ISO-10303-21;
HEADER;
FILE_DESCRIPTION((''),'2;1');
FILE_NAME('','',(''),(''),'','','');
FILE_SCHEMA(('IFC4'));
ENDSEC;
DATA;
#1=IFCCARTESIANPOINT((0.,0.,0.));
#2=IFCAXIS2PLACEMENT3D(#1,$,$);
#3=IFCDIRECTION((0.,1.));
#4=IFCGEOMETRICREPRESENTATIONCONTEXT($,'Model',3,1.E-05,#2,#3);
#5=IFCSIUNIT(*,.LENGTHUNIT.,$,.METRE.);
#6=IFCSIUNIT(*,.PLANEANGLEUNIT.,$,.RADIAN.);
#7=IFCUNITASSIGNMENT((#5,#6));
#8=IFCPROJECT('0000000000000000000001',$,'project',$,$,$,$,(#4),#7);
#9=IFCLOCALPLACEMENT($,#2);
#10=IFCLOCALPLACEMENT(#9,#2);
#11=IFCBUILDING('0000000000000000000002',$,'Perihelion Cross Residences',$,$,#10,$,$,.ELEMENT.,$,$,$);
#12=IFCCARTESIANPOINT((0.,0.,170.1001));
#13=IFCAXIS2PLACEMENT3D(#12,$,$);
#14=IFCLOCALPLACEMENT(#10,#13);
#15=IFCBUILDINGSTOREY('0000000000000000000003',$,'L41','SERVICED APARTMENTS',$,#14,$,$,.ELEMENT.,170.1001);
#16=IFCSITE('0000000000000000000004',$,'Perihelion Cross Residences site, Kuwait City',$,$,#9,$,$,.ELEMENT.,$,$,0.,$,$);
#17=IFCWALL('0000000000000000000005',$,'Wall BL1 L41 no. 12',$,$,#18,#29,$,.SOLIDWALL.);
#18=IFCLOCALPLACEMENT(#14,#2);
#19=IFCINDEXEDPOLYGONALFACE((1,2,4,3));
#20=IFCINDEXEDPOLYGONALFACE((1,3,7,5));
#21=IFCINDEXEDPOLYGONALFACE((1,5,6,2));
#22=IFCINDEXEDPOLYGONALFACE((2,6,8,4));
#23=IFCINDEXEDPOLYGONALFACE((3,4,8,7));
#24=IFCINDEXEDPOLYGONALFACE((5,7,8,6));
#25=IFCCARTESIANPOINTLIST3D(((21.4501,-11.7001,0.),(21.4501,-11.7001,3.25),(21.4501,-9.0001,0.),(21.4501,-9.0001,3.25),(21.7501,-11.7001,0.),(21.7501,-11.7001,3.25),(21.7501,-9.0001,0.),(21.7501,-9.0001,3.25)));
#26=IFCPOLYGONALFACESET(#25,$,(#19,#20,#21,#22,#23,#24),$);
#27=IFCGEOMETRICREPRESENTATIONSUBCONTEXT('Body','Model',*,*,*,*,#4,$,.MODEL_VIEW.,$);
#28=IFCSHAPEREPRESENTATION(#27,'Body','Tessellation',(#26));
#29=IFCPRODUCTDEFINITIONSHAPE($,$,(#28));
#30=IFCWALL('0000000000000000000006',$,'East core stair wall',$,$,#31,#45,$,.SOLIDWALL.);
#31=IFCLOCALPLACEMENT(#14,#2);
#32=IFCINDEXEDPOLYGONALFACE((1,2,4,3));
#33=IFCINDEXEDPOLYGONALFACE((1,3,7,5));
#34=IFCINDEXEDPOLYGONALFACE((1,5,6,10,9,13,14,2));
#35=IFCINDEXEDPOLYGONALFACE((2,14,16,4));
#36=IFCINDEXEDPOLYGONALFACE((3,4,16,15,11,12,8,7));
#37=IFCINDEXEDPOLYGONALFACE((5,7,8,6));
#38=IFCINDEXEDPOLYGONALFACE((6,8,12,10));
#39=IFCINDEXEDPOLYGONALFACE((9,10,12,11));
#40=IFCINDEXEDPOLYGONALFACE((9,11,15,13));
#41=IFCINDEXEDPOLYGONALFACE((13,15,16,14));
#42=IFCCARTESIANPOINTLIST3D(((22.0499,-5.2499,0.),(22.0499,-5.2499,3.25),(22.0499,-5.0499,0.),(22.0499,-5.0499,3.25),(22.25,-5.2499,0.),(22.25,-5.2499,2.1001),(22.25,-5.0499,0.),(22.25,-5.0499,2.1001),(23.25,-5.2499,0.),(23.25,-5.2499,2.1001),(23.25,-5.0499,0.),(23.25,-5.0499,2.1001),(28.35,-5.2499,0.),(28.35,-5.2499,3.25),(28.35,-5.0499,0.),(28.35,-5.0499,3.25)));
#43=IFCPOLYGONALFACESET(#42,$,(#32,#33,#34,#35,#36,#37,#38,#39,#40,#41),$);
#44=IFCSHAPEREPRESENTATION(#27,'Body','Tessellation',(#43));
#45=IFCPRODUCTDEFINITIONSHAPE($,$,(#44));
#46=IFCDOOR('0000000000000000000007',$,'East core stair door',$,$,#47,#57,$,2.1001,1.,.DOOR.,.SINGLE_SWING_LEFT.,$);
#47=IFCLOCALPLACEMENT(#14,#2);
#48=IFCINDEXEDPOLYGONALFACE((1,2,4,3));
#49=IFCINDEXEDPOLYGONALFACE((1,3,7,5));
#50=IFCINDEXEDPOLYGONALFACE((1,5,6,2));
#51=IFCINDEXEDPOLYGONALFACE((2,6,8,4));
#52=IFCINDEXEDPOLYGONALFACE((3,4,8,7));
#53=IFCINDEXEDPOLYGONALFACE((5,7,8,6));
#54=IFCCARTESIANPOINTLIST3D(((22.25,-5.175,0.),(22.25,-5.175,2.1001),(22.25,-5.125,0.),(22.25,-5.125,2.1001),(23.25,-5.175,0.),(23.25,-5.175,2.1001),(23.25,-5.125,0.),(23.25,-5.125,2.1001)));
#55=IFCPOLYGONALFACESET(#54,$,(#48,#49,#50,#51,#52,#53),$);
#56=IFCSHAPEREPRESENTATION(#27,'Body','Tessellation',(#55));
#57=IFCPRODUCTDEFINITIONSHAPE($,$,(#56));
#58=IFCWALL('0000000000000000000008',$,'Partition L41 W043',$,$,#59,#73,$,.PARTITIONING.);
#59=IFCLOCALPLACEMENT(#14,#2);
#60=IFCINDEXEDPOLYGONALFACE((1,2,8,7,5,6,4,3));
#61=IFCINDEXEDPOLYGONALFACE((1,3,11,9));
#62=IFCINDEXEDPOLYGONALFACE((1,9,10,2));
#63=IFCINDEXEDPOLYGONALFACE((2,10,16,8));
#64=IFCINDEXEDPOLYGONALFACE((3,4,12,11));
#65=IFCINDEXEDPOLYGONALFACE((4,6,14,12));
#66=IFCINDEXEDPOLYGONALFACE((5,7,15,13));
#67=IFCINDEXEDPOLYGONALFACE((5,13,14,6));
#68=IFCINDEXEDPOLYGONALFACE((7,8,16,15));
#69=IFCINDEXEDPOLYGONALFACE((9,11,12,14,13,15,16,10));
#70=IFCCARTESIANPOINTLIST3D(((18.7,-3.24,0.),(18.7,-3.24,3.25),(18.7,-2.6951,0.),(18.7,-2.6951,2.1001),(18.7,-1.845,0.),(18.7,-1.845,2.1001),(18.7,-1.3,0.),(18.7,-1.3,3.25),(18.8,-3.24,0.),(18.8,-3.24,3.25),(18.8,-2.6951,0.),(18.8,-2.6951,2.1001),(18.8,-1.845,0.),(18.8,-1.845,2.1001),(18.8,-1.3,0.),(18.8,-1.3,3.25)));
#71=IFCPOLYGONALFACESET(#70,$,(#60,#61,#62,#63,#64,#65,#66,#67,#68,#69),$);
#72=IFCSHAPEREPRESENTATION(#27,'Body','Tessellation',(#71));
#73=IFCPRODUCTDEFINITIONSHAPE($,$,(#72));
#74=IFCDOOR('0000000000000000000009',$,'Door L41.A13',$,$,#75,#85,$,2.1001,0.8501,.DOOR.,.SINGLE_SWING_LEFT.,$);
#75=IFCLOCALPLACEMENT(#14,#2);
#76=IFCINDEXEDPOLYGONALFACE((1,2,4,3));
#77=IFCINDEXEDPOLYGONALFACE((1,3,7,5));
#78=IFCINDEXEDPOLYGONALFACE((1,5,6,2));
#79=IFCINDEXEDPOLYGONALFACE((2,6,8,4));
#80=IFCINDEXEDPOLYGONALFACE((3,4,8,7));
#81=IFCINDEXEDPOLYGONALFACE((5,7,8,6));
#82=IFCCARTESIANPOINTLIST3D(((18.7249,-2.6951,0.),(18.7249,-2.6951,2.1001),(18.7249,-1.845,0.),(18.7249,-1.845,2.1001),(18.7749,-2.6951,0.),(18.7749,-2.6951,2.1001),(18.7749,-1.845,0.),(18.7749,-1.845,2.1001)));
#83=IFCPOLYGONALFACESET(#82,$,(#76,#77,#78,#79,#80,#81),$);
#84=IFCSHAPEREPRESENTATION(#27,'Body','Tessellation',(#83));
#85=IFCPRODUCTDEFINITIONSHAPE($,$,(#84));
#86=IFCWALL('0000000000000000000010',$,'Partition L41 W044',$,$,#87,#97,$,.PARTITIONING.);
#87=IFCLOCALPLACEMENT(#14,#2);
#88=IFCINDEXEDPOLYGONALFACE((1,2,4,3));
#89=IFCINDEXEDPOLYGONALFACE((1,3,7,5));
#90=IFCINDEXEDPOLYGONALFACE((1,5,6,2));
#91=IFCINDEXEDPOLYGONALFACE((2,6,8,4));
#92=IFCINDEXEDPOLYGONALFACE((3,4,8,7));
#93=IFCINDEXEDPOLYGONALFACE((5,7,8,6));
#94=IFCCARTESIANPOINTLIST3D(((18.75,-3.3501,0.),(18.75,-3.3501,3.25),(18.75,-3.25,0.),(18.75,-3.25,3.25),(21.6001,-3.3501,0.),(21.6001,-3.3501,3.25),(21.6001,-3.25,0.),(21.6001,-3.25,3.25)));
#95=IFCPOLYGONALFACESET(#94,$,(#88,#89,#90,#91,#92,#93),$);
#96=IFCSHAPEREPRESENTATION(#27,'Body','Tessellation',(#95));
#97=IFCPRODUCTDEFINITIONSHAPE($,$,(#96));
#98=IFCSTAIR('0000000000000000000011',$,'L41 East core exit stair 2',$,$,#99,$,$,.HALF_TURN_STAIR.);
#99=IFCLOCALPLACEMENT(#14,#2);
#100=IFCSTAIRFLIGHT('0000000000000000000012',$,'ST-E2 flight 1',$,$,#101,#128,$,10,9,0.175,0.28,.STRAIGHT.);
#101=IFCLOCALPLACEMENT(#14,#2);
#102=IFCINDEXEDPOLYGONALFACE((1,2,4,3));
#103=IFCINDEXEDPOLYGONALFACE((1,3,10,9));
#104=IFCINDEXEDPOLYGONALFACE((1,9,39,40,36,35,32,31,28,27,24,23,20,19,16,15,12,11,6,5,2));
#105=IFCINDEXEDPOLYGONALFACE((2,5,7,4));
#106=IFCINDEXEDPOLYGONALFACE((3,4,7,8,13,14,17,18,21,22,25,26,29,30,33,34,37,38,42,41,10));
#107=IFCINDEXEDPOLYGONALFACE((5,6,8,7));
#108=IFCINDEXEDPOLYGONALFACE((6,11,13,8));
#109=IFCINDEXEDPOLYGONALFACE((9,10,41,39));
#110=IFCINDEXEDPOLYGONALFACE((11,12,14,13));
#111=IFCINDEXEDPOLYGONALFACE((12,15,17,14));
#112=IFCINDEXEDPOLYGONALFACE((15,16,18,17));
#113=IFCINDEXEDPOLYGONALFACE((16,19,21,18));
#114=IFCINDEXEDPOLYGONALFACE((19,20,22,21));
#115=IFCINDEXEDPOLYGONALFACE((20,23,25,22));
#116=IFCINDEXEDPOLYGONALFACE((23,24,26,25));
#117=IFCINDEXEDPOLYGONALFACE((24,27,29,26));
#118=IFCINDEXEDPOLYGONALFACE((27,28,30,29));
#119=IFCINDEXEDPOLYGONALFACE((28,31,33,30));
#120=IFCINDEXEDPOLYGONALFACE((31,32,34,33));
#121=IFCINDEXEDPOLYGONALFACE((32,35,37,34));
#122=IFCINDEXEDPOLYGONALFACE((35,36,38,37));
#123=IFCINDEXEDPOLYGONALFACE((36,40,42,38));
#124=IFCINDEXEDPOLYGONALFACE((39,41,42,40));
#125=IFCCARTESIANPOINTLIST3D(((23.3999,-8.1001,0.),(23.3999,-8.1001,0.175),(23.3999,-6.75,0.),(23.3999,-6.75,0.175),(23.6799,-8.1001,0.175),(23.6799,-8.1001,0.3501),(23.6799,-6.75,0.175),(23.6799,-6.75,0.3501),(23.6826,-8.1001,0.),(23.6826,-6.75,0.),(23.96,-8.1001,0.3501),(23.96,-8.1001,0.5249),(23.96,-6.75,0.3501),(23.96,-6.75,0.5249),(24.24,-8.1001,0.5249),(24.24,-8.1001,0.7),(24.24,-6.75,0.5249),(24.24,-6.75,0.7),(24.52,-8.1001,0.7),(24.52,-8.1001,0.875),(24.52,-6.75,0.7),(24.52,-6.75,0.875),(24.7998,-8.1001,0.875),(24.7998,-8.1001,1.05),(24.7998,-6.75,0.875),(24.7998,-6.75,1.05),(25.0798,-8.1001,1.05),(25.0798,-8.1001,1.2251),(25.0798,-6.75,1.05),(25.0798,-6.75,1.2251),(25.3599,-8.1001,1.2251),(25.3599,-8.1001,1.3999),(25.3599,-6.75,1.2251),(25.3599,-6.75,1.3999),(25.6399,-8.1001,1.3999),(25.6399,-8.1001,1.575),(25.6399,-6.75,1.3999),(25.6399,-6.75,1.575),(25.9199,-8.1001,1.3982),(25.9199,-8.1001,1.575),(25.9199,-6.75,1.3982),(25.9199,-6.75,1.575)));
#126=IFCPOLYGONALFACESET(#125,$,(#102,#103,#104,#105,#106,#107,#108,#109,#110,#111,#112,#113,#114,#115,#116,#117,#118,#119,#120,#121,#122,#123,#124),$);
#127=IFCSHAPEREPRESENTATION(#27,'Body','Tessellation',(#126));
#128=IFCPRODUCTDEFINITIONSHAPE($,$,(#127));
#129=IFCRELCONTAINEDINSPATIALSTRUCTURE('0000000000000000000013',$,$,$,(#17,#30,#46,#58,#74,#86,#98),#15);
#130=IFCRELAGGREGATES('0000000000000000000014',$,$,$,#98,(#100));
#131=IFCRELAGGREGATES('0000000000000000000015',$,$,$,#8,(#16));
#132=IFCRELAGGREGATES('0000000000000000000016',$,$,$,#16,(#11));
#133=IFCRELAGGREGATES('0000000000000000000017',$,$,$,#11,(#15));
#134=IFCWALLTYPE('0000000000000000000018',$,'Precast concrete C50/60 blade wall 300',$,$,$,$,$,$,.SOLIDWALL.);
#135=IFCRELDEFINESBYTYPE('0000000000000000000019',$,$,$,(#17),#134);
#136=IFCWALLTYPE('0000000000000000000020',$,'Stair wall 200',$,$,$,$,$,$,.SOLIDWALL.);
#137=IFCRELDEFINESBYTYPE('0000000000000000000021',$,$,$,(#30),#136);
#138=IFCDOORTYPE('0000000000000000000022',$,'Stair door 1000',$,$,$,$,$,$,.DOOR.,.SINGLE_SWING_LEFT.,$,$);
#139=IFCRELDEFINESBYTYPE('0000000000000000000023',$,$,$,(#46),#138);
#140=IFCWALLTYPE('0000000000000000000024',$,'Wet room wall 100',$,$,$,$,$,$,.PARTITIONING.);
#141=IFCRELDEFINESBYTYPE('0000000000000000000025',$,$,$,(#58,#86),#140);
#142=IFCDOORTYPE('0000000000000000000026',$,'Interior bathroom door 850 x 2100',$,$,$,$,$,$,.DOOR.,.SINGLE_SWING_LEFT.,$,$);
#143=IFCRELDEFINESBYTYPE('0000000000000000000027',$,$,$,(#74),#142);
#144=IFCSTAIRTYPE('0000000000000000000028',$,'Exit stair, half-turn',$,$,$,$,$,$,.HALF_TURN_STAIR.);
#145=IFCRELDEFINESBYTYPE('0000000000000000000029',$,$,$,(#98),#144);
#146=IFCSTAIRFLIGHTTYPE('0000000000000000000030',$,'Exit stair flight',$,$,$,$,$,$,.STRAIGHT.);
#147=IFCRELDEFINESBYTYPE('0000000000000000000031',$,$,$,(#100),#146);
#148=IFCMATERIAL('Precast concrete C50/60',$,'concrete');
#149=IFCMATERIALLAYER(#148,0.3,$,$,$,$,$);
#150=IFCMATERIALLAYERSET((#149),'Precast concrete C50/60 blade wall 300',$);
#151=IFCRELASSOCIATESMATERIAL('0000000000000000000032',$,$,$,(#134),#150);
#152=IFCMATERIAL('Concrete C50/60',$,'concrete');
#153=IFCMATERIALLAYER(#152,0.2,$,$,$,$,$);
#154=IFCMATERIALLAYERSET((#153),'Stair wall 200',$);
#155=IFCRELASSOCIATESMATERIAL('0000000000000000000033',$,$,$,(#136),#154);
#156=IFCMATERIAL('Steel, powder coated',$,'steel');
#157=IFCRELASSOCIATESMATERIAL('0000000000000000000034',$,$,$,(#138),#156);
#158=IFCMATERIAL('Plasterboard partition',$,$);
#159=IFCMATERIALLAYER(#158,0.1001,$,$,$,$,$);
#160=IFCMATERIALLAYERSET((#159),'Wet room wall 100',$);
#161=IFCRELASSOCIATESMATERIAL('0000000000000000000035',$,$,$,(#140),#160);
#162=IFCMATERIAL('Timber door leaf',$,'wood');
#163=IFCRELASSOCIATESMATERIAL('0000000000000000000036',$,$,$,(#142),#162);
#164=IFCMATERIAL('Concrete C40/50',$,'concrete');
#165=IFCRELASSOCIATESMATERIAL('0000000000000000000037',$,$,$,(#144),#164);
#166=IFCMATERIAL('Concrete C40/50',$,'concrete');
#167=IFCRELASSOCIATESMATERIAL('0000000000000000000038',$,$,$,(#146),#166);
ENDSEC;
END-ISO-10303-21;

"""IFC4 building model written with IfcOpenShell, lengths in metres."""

from ifc_helpers import new_model, si_unit, direction, frame, frame_2d, origin, place, context, subcontext, project, spatial, polyline, rectangle, outline, extrude, material, layer, layer_set, type_object, element, fill, aggregate, save


model = new_model("IFC4")

# Units and contexts
model_context = context("Model", 3, precision=1e-05, world=origin(), true_north=direction((0.0, 1.0)))
body_context = subcontext(model_context, "Body", "Model", "MODEL_VIEW")
ifc_project = project(units=[si_unit("LENGTHUNIT", "METRE"), si_unit("PLANEANGLEUNIT", "RADIAN")], contexts=[model_context])

# Site, building, storey
site_placement = place(None, origin())
site = spatial("IfcSite", under=ifc_project, at=site_placement, Name="Perihelion Cross Residences site, Kuwait City", CompositionType="ELEMENT", RefElevation=0.0)
building_placement = place(site_placement, origin())
building = spatial("IfcBuilding", under=site, at=building_placement, Name="Perihelion Cross Residences", CompositionType="ELEMENT")
storey_placement = place(building_placement, frame((0.0, 0.0, 170.1001)))
storey = spatial("IfcBuildingStorey", under=building, at=storey_placement, Name="L41", Description="SERVICED APARTMENTS", CompositionType="ELEMENT", Elevation=170.1001)

# Wall
ifc_material_1 = material(Name="Precast concrete C50/60", Category="concrete")
ifc_layer_1 = layer(ifc_material_1, 0.3)
ifc_layer_set_1 = layer_set([ifc_layer_1], Name="Precast concrete C50/60 blade wall 300")
wall_type_1 = type_object("IfcWallType", Name="Precast concrete C50/60 blade wall 300", PredefinedType="SOLIDWALL", material=ifc_layer_set_1)
wall_1_placement = place(storey_placement, frame((21.6001, -9.0, 0.0), z_axis=(0.0, 0.0, 1.0), x_axis=(0.0, -1.0, 0.0)))
element("IfcWall", 1, at=wall_1_placement, inside=storey, type_object=wall_type_1, Name="Wall BL1 L41 no. 12", PredefinedType="SOLIDWALL", context=body_context, shape_type="SweptSolid", body=[
    extrude(rectangle(XDim=2.7, YDim=0.3, at=frame_2d((1.3501, 0.0))), origin(), (0.0, 0.0, 1.0), 3.25),
])

# Walls, openings, doors
ifc_material_2 = material(Name="Concrete C50/60", Category="concrete")
ifc_layer_2 = layer(ifc_material_2, 0.2)
ifc_layer_set_2 = layer_set([ifc_layer_2], Name="Stair wall 200")
wall_type_2 = type_object("IfcWallType", Name="Stair wall 200", PredefinedType="SOLIDWALL", material=ifc_layer_set_2)
wall_2_placement = place(storey_placement, frame((22.05, -5.1499, 0.0), z_axis=(0.0, 0.0, 1.0), x_axis=(1.0, 0.0, 0.0)))
wall_2 = element("IfcWall", 2, at=wall_2_placement, inside=storey, type_object=wall_type_2, Name="East core stair wall", PredefinedType="SOLIDWALL", context=body_context, shape_type="SweptSolid", body=[
    extrude(rectangle(XDim=6.3, YDim=0.2, at=frame_2d((3.1499, 0.0))), origin(), (0.0, 0.0, 1.0), 3.25),
])
opening_1_placement = place(wall_2_placement, frame((0.2, 0.0, 0.0)))
opening_1 = element("IfcOpeningElement", 3, at=opening_1_placement, cuts=wall_2, PredefinedType="OPENING", context=body_context, shape_type="SweptSolid", body=[
    extrude(rectangle(XDim=1.0, YDim=2.1001, at=frame_2d((0.5, 1.05))), frame((0.0, 0.1099, 0.0), z_axis=(0.0, -1.0, 0.0), x_axis=(1.0, 0.0, 0.0)), (0.0, 0.0, 1.0), 0.22),
])
ifc_material_3 = material(Name="Steel, powder coated", Category="steel")
door_type_1 = type_object("IfcDoorType", Name="Stair door 1000", OperationType="SINGLE_SWING_LEFT", PredefinedType="DOOR", material=ifc_material_3)
door_1_placement = place(opening_1_placement, origin())
door_1 = element("IfcDoor", 4, at=door_1_placement, inside=storey, type_object=door_type_1, Name="East core stair door", OperationType="SINGLE_SWING_LEFT", OverallHeight=2.1001, OverallWidth=1.0, PredefinedType="DOOR", context=body_context, shape_type="SweptSolid", body=[
    extrude(rectangle(XDim=1.0, YDim=2.1001, at=frame_2d((0.5, 1.05))), frame((0.0, 0.0249, 0.0), z_axis=(0.0, -1.0, 0.0), x_axis=(1.0, 0.0, 0.0)), (0.0, 0.0, 1.0), 0.05),
])
fill(opening_1, door_1)
ifc_material_4 = material(Name="Plasterboard partition")
ifc_layer_3 = layer(ifc_material_4, 0.1001)
ifc_layer_set_3 = layer_set([ifc_layer_3], Name="Wet room wall 100")
wall_type_3 = type_object("IfcWallType", Name="Wet room wall 100", PredefinedType="PARTITIONING", material=ifc_layer_set_3)
wall_3_placement = place(storey_placement, frame((18.75, -1.3, 0.0), z_axis=(0.0, 0.0, 1.0), x_axis=(0.0, -1.0, 0.0)))
wall_3 = element("IfcWall", 5, at=wall_3_placement, inside=storey, type_object=wall_type_3, Name="Partition L41 W043", PredefinedType="PARTITIONING", context=body_context, shape_type="SweptSolid", body=[
    extrude(rectangle(XDim=1.9399, YDim=0.1001, at=frame_2d((0.97, 0.0))), origin(), (0.0, 0.0, 1.0), 3.25),
])
opening_2_placement = place(wall_3_placement, frame((0.5449, 0.0, 0.0)))
opening_2 = element("IfcOpeningElement", 6, at=opening_2_placement, cuts=wall_3, PredefinedType="OPENING", context=body_context, shape_type="SweptSolid", body=[
    extrude(rectangle(XDim=0.8501, YDim=2.1001, at=frame_2d((0.425, 1.05))), frame((0.0, 0.0601, 0.0), z_axis=(0.0, -1.0, 0.0), x_axis=(1.0, 0.0, 0.0)), (0.0, 0.0, 1.0), 0.1201),
])
ifc_material_5 = material(Name="Timber door leaf", Category="wood")
door_type_2 = type_object("IfcDoorType", Name="Interior bathroom door 850 x 2100", OperationType="SINGLE_SWING_LEFT", PredefinedType="DOOR", material=ifc_material_5)
door_2_placement = place(opening_2_placement, origin())
door_2 = element("IfcDoor", 7, at=door_2_placement, inside=storey, type_object=door_type_2, Name="Door L41.A13", OperationType="SINGLE_SWING_LEFT", OverallHeight=2.1001, OverallWidth=0.8501, PredefinedType="DOOR", context=body_context, shape_type="SweptSolid", body=[
    extrude(rectangle(XDim=0.8501, YDim=2.1001, at=frame_2d((0.425, 1.05))), frame((0.0, 0.0249, 0.0), z_axis=(0.0, -1.0, 0.0), x_axis=(1.0, 0.0, 0.0)), (0.0, 0.0, 1.0), 0.05),
])
fill(opening_2, door_2)

# Wall
wall_4_placement = place(storey_placement, frame((21.6001, -3.3, 0.0), z_axis=(0.0, 0.0, 1.0), x_axis=(-1.0, 0.0, 0.0)))
element("IfcWall", 8, at=wall_4_placement, inside=storey, type_object=wall_type_3, Name="Partition L41 W044", PredefinedType="PARTITIONING", context=body_context, shape_type="SweptSolid", body=[
    extrude(rectangle(XDim=2.8501, YDim=0.1001, at=frame_2d((1.425, 0.0))), origin(), (0.0, 0.0, 1.0), 3.25),
])

# Stair, stair flight
ifc_material_6 = material(Name="Concrete C40/50", Category="concrete")
stair_type = type_object("IfcStairType", Name="Exit stair, half-turn", PredefinedType="HALF_TURN_STAIR", material=ifc_material_6)
stair_placement = place(storey_placement, origin())
stair = element("IfcStair", 9, at=stair_placement, inside=storey, type_object=stair_type, Name="L41 East core exit stair 2", PredefinedType="HALF_TURN_STAIR")
ifc_material_7 = material(Name="Concrete C40/50", Category="concrete")
stair_flight_type = type_object("IfcStairFlightType", Name="Exit stair flight", PredefinedType="STRAIGHT", material=ifc_material_7)
stair_flight_placement = place(storey_placement, frame((23.3999, -7.425, 0.0), z_axis=(0.0, 0.0, 1.0), x_axis=(1.0, 0.0, 0.0)))
stair_flight = element("IfcStairFlight", 10, at=stair_flight_placement, type_object=stair_flight_type, Name="ST-E2 flight 1", NumberOfRisers=10, NumberOfTreads=9, PredefinedType="STRAIGHT", RiserHeight=0.175, TreadLength=0.28, context=body_context, shape_type="SweptSolid", body=[
    extrude(outline(polyline([(0.0, 0.0), (0.0, 0.175), (0.28, 0.175), (0.28, 0.3501), (0.5601, 0.3501), (0.5601, 0.5249), (0.8401, 0.5249), (0.8401, 0.7), (1.1201, 0.7), (1.1201, 0.875), (1.3999, 0.875), (1.3999, 1.05), (1.6799, 1.05), (1.6799, 1.2251), (1.96, 1.2251), (1.96, 1.3999), (2.24, 1.3999), (2.24, 1.575), (2.52, 1.575), (2.52, 1.75), (2.52, 1.3982), (0.2827, 0.0), (0.0, 0.0)])), frame((0.0, 0.675, 0.0), z_axis=(0.0, -1.0, 0.0), x_axis=(1.0, 0.0, 0.0)), (0.0, 0.0, 1.0), 1.3501),
])
aggregate(stair, [stair_flight])

save(model, "model.ifc")
